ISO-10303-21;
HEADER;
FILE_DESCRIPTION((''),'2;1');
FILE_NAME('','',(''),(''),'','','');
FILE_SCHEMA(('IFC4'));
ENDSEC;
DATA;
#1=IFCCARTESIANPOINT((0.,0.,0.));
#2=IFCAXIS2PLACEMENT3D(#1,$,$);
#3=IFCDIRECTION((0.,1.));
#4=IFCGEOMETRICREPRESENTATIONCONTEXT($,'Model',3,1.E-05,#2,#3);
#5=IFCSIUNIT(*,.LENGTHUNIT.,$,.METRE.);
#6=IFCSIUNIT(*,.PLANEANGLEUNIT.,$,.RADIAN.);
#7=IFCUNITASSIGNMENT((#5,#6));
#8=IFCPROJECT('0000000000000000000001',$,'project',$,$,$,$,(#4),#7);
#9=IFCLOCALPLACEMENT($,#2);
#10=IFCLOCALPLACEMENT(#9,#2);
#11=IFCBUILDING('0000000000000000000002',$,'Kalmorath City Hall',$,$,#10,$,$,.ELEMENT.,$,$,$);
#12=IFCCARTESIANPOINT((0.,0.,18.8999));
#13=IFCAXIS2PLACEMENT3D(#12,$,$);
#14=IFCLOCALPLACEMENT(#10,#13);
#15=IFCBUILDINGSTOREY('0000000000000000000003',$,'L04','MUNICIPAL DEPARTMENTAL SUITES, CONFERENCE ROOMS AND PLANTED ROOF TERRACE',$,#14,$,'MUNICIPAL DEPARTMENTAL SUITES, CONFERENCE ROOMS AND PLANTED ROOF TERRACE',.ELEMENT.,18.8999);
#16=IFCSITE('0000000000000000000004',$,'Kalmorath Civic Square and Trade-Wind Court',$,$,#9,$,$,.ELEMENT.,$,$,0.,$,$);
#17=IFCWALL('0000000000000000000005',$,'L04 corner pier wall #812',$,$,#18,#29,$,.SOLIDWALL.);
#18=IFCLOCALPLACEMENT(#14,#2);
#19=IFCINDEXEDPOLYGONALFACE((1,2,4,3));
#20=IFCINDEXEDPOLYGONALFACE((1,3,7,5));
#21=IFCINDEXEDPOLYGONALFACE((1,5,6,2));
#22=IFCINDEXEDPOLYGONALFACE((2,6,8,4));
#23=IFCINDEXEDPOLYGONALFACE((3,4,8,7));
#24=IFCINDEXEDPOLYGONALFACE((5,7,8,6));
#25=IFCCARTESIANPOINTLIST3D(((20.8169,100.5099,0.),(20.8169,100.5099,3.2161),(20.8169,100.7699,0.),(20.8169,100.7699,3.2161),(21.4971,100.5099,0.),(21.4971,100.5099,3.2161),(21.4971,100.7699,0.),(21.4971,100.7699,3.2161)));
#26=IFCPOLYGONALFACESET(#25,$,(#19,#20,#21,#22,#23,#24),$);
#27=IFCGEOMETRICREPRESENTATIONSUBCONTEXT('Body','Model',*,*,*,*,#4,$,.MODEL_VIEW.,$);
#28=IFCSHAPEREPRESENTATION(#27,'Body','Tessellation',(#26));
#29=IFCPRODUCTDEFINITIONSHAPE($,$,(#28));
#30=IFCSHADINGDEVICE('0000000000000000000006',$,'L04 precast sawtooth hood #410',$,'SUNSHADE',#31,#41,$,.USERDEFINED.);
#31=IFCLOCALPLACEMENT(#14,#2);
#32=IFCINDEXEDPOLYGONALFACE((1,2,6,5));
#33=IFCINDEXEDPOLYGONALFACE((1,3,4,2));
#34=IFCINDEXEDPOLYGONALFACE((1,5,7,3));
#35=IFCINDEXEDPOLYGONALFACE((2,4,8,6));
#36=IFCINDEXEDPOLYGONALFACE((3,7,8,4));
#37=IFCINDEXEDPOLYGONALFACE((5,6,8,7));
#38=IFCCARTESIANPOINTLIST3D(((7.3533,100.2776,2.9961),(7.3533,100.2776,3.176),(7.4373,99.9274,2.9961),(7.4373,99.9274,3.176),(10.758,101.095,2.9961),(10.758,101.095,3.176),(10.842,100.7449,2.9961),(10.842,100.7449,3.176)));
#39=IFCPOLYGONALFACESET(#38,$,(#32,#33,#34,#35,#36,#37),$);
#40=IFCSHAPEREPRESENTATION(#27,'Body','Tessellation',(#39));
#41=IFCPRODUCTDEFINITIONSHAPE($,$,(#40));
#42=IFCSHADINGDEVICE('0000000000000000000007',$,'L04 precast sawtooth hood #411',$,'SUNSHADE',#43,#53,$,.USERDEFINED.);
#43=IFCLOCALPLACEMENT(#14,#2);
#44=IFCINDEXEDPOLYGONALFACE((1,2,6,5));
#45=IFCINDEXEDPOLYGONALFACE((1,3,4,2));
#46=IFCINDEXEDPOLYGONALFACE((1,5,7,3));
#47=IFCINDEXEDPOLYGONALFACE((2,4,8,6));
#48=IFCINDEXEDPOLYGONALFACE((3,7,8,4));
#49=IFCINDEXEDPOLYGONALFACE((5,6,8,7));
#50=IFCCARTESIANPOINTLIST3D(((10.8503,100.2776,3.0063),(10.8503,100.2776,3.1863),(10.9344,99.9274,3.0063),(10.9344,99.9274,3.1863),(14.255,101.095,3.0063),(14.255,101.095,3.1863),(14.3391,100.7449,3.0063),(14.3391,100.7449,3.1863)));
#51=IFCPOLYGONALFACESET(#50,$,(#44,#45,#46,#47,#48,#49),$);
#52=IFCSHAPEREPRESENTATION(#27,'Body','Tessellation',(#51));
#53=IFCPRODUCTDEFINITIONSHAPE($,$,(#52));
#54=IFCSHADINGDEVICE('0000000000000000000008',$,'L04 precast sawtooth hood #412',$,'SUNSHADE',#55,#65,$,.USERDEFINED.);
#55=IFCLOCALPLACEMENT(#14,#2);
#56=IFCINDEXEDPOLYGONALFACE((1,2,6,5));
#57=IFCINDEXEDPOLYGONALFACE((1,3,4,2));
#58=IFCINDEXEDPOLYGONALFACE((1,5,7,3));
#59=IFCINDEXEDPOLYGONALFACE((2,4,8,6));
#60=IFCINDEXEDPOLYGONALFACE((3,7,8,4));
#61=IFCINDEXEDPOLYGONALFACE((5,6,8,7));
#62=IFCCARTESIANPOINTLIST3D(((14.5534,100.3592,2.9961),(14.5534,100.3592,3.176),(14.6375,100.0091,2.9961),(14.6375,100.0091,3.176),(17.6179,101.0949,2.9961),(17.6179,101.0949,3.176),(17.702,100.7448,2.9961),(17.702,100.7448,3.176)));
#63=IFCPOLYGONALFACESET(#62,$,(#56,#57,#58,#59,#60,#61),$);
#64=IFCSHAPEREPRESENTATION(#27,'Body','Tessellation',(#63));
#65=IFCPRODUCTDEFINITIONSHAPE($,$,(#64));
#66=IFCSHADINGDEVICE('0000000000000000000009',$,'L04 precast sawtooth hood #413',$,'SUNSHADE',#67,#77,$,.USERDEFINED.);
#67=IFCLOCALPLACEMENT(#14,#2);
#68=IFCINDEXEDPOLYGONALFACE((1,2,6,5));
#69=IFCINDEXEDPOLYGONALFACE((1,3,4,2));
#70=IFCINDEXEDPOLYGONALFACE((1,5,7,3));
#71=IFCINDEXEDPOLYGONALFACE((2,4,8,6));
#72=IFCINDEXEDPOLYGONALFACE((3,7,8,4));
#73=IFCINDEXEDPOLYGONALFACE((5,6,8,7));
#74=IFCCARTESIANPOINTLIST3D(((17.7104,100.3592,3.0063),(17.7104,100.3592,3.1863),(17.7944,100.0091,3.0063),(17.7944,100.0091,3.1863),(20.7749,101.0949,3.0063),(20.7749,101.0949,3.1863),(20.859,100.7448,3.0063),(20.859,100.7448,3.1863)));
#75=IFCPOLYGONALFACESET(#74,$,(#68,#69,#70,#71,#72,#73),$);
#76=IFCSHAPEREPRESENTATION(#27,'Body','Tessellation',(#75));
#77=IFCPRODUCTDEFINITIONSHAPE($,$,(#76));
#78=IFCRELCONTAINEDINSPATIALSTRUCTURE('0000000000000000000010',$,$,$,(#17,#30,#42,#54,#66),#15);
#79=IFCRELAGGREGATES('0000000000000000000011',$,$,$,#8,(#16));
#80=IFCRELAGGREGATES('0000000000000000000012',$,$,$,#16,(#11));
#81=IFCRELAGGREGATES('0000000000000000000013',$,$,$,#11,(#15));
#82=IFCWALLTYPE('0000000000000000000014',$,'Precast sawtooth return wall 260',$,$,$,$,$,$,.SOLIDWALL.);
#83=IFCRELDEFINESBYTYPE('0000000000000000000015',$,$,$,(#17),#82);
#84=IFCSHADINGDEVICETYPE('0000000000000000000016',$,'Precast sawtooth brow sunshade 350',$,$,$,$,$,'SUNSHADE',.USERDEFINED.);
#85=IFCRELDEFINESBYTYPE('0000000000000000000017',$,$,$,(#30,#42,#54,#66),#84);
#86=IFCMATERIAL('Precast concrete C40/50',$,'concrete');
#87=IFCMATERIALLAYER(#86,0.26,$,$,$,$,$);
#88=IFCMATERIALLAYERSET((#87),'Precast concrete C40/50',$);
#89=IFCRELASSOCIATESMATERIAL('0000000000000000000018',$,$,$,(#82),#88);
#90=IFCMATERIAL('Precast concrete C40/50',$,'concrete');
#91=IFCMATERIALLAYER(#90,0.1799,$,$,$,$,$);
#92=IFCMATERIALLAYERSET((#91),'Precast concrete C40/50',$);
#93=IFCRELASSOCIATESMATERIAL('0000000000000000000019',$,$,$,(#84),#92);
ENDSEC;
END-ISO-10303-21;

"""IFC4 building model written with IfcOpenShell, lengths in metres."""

from ifc_helpers import new_model, si_unit, direction, frame, frame_2d, origin, origin_2d, place, context, subcontext, project, spatial, rectangle, extrude, material, layer, layer_set, type_object, element, save


model = new_model("IFC4")

# Units and contexts
model_context = context("Model", 3, precision=1e-05, world=origin(), true_north=direction((0.0, 1.0)))
body_context = subcontext(model_context, "Body", "Model", "MODEL_VIEW")
ifc_project = project(units=[si_unit("LENGTHUNIT", "METRE"), si_unit("PLANEANGLEUNIT", "RADIAN")], contexts=[model_context])

# Site, building, storey
site_placement = place(None, origin())
site = spatial("IfcSite", under=ifc_project, at=site_placement, Name="Kalmorath Civic Square and Trade-Wind Court", CompositionType="ELEMENT", RefElevation=0.0)
building_placement = place(site_placement, origin())
building = spatial("IfcBuilding", under=site, at=building_placement, Name="Kalmorath City Hall", CompositionType="ELEMENT")
storey_placement = place(building_placement, frame((0.0, 0.0, 18.8999)))
storey = spatial("IfcBuildingStorey", under=building, at=storey_placement, Name="L04", Description="MUNICIPAL DEPARTMENTAL SUITES, CONFERENCE ROOMS AND PLANTED ROOF TERRACE", LongName="MUNICIPAL DEPARTMENTAL SUITES, CONFERENCE ROOMS AND PLANTED ROOF TERRACE", CompositionType="ELEMENT", Elevation=18.8999)

# Wall
ifc_material_1 = material(Name="Precast concrete C40/50", Category="concrete")
ifc_layer_1 = layer(ifc_material_1, 0.26)
ifc_layer_set_1 = layer_set([ifc_layer_1], Name="Precast concrete C40/50")
wall_type_1 = type_object("IfcWallType", Name="Precast sawtooth return wall 260", PredefinedType="SOLIDWALL", material=ifc_layer_set_1)
wall_1_placement = place(storey_placement, frame((20.8169, 100.6399, 0.0), z_axis=(0.0, 0.0, 1.0), x_axis=(1.0, 0.0, 0.0)))
element("IfcWall", 1, at=wall_1_placement, inside=storey, type_object=wall_type_1, Name="L04 corner pier wall #812", PredefinedType="SOLIDWALL", context=body_context, shape_type="SweptSolid", body=[
    extrude(rectangle(XDim=0.6802, YDim=0.26, at=frame_2d((0.3401, 0.0))), origin(), (0.0, 0.0, 1.0), 3.2161),
])

# Shading devices
ifc_material_2 = material(Name="Precast concrete C40/50", Category="concrete")
ifc_layer_2 = layer(ifc_material_2, 0.1799)
ifc_layer_set_2 = layer_set([ifc_layer_2], Name="Precast concrete C40/50")
shading_device_type = type_object("IfcShadingDeviceType", Name="Precast sawtooth brow sunshade 350", ElementType="SUNSHADE", PredefinedType="USERDEFINED", material=ifc_layer_set_2)
for number, where, z_axis, x_axis, name in (
    (2, (9.0977, 100.5112, 2.9961), (0.0, 0.0, 1.0), (0.972366, 0.233462, 0.0), "L04 precast sawtooth hood #410"),
    (3, (12.5947, 100.5112, 3.0063), (0.0, 0.0, 1.0), (0.972366, 0.233462, 0.0), "L04 precast sawtooth hood #411"),
):
    element("IfcShadingDevice", number, at=place(storey_placement, frame(where, z_axis=z_axis, x_axis=x_axis)), inside=storey, type_object=shading_device_type, Name=name, ObjectType="SUNSHADE", PredefinedType="USERDEFINED", context=body_context, shape_type="SweptSolid", body=[
        extrude(rectangle(XDim=3.5015, YDim=0.3601, at=origin_2d()), origin(), (0.0, 0.0, 1.0), 0.1799),
    ])
for number, where, z_axis, x_axis, name in (
    (4, (16.1277, 100.552, 2.9961), (0.0, 0.0, 1.0), (0.97237, 0.233445, 0.0), "L04 precast sawtooth hood #412"),
    (5, (19.2847, 100.552, 3.0063), (0.0, 0.0, 1.0), (0.97237, 0.233445, 0.0), "L04 precast sawtooth hood #413"),
):
    element("IfcShadingDevice", number, at=place(storey_placement, frame(where, z_axis=z_axis, x_axis=x_axis)), inside=storey, type_object=shading_device_type, Name=name, ObjectType="SUNSHADE", PredefinedType="USERDEFINED", context=body_context, shape_type="SweptSolid", body=[
        extrude(rectangle(XDim=3.1516, YDim=0.3601, at=origin_2d()), origin(), (0.0, 0.0, 1.0), 0.1799),
    ])

save(model, "model.ifc")
